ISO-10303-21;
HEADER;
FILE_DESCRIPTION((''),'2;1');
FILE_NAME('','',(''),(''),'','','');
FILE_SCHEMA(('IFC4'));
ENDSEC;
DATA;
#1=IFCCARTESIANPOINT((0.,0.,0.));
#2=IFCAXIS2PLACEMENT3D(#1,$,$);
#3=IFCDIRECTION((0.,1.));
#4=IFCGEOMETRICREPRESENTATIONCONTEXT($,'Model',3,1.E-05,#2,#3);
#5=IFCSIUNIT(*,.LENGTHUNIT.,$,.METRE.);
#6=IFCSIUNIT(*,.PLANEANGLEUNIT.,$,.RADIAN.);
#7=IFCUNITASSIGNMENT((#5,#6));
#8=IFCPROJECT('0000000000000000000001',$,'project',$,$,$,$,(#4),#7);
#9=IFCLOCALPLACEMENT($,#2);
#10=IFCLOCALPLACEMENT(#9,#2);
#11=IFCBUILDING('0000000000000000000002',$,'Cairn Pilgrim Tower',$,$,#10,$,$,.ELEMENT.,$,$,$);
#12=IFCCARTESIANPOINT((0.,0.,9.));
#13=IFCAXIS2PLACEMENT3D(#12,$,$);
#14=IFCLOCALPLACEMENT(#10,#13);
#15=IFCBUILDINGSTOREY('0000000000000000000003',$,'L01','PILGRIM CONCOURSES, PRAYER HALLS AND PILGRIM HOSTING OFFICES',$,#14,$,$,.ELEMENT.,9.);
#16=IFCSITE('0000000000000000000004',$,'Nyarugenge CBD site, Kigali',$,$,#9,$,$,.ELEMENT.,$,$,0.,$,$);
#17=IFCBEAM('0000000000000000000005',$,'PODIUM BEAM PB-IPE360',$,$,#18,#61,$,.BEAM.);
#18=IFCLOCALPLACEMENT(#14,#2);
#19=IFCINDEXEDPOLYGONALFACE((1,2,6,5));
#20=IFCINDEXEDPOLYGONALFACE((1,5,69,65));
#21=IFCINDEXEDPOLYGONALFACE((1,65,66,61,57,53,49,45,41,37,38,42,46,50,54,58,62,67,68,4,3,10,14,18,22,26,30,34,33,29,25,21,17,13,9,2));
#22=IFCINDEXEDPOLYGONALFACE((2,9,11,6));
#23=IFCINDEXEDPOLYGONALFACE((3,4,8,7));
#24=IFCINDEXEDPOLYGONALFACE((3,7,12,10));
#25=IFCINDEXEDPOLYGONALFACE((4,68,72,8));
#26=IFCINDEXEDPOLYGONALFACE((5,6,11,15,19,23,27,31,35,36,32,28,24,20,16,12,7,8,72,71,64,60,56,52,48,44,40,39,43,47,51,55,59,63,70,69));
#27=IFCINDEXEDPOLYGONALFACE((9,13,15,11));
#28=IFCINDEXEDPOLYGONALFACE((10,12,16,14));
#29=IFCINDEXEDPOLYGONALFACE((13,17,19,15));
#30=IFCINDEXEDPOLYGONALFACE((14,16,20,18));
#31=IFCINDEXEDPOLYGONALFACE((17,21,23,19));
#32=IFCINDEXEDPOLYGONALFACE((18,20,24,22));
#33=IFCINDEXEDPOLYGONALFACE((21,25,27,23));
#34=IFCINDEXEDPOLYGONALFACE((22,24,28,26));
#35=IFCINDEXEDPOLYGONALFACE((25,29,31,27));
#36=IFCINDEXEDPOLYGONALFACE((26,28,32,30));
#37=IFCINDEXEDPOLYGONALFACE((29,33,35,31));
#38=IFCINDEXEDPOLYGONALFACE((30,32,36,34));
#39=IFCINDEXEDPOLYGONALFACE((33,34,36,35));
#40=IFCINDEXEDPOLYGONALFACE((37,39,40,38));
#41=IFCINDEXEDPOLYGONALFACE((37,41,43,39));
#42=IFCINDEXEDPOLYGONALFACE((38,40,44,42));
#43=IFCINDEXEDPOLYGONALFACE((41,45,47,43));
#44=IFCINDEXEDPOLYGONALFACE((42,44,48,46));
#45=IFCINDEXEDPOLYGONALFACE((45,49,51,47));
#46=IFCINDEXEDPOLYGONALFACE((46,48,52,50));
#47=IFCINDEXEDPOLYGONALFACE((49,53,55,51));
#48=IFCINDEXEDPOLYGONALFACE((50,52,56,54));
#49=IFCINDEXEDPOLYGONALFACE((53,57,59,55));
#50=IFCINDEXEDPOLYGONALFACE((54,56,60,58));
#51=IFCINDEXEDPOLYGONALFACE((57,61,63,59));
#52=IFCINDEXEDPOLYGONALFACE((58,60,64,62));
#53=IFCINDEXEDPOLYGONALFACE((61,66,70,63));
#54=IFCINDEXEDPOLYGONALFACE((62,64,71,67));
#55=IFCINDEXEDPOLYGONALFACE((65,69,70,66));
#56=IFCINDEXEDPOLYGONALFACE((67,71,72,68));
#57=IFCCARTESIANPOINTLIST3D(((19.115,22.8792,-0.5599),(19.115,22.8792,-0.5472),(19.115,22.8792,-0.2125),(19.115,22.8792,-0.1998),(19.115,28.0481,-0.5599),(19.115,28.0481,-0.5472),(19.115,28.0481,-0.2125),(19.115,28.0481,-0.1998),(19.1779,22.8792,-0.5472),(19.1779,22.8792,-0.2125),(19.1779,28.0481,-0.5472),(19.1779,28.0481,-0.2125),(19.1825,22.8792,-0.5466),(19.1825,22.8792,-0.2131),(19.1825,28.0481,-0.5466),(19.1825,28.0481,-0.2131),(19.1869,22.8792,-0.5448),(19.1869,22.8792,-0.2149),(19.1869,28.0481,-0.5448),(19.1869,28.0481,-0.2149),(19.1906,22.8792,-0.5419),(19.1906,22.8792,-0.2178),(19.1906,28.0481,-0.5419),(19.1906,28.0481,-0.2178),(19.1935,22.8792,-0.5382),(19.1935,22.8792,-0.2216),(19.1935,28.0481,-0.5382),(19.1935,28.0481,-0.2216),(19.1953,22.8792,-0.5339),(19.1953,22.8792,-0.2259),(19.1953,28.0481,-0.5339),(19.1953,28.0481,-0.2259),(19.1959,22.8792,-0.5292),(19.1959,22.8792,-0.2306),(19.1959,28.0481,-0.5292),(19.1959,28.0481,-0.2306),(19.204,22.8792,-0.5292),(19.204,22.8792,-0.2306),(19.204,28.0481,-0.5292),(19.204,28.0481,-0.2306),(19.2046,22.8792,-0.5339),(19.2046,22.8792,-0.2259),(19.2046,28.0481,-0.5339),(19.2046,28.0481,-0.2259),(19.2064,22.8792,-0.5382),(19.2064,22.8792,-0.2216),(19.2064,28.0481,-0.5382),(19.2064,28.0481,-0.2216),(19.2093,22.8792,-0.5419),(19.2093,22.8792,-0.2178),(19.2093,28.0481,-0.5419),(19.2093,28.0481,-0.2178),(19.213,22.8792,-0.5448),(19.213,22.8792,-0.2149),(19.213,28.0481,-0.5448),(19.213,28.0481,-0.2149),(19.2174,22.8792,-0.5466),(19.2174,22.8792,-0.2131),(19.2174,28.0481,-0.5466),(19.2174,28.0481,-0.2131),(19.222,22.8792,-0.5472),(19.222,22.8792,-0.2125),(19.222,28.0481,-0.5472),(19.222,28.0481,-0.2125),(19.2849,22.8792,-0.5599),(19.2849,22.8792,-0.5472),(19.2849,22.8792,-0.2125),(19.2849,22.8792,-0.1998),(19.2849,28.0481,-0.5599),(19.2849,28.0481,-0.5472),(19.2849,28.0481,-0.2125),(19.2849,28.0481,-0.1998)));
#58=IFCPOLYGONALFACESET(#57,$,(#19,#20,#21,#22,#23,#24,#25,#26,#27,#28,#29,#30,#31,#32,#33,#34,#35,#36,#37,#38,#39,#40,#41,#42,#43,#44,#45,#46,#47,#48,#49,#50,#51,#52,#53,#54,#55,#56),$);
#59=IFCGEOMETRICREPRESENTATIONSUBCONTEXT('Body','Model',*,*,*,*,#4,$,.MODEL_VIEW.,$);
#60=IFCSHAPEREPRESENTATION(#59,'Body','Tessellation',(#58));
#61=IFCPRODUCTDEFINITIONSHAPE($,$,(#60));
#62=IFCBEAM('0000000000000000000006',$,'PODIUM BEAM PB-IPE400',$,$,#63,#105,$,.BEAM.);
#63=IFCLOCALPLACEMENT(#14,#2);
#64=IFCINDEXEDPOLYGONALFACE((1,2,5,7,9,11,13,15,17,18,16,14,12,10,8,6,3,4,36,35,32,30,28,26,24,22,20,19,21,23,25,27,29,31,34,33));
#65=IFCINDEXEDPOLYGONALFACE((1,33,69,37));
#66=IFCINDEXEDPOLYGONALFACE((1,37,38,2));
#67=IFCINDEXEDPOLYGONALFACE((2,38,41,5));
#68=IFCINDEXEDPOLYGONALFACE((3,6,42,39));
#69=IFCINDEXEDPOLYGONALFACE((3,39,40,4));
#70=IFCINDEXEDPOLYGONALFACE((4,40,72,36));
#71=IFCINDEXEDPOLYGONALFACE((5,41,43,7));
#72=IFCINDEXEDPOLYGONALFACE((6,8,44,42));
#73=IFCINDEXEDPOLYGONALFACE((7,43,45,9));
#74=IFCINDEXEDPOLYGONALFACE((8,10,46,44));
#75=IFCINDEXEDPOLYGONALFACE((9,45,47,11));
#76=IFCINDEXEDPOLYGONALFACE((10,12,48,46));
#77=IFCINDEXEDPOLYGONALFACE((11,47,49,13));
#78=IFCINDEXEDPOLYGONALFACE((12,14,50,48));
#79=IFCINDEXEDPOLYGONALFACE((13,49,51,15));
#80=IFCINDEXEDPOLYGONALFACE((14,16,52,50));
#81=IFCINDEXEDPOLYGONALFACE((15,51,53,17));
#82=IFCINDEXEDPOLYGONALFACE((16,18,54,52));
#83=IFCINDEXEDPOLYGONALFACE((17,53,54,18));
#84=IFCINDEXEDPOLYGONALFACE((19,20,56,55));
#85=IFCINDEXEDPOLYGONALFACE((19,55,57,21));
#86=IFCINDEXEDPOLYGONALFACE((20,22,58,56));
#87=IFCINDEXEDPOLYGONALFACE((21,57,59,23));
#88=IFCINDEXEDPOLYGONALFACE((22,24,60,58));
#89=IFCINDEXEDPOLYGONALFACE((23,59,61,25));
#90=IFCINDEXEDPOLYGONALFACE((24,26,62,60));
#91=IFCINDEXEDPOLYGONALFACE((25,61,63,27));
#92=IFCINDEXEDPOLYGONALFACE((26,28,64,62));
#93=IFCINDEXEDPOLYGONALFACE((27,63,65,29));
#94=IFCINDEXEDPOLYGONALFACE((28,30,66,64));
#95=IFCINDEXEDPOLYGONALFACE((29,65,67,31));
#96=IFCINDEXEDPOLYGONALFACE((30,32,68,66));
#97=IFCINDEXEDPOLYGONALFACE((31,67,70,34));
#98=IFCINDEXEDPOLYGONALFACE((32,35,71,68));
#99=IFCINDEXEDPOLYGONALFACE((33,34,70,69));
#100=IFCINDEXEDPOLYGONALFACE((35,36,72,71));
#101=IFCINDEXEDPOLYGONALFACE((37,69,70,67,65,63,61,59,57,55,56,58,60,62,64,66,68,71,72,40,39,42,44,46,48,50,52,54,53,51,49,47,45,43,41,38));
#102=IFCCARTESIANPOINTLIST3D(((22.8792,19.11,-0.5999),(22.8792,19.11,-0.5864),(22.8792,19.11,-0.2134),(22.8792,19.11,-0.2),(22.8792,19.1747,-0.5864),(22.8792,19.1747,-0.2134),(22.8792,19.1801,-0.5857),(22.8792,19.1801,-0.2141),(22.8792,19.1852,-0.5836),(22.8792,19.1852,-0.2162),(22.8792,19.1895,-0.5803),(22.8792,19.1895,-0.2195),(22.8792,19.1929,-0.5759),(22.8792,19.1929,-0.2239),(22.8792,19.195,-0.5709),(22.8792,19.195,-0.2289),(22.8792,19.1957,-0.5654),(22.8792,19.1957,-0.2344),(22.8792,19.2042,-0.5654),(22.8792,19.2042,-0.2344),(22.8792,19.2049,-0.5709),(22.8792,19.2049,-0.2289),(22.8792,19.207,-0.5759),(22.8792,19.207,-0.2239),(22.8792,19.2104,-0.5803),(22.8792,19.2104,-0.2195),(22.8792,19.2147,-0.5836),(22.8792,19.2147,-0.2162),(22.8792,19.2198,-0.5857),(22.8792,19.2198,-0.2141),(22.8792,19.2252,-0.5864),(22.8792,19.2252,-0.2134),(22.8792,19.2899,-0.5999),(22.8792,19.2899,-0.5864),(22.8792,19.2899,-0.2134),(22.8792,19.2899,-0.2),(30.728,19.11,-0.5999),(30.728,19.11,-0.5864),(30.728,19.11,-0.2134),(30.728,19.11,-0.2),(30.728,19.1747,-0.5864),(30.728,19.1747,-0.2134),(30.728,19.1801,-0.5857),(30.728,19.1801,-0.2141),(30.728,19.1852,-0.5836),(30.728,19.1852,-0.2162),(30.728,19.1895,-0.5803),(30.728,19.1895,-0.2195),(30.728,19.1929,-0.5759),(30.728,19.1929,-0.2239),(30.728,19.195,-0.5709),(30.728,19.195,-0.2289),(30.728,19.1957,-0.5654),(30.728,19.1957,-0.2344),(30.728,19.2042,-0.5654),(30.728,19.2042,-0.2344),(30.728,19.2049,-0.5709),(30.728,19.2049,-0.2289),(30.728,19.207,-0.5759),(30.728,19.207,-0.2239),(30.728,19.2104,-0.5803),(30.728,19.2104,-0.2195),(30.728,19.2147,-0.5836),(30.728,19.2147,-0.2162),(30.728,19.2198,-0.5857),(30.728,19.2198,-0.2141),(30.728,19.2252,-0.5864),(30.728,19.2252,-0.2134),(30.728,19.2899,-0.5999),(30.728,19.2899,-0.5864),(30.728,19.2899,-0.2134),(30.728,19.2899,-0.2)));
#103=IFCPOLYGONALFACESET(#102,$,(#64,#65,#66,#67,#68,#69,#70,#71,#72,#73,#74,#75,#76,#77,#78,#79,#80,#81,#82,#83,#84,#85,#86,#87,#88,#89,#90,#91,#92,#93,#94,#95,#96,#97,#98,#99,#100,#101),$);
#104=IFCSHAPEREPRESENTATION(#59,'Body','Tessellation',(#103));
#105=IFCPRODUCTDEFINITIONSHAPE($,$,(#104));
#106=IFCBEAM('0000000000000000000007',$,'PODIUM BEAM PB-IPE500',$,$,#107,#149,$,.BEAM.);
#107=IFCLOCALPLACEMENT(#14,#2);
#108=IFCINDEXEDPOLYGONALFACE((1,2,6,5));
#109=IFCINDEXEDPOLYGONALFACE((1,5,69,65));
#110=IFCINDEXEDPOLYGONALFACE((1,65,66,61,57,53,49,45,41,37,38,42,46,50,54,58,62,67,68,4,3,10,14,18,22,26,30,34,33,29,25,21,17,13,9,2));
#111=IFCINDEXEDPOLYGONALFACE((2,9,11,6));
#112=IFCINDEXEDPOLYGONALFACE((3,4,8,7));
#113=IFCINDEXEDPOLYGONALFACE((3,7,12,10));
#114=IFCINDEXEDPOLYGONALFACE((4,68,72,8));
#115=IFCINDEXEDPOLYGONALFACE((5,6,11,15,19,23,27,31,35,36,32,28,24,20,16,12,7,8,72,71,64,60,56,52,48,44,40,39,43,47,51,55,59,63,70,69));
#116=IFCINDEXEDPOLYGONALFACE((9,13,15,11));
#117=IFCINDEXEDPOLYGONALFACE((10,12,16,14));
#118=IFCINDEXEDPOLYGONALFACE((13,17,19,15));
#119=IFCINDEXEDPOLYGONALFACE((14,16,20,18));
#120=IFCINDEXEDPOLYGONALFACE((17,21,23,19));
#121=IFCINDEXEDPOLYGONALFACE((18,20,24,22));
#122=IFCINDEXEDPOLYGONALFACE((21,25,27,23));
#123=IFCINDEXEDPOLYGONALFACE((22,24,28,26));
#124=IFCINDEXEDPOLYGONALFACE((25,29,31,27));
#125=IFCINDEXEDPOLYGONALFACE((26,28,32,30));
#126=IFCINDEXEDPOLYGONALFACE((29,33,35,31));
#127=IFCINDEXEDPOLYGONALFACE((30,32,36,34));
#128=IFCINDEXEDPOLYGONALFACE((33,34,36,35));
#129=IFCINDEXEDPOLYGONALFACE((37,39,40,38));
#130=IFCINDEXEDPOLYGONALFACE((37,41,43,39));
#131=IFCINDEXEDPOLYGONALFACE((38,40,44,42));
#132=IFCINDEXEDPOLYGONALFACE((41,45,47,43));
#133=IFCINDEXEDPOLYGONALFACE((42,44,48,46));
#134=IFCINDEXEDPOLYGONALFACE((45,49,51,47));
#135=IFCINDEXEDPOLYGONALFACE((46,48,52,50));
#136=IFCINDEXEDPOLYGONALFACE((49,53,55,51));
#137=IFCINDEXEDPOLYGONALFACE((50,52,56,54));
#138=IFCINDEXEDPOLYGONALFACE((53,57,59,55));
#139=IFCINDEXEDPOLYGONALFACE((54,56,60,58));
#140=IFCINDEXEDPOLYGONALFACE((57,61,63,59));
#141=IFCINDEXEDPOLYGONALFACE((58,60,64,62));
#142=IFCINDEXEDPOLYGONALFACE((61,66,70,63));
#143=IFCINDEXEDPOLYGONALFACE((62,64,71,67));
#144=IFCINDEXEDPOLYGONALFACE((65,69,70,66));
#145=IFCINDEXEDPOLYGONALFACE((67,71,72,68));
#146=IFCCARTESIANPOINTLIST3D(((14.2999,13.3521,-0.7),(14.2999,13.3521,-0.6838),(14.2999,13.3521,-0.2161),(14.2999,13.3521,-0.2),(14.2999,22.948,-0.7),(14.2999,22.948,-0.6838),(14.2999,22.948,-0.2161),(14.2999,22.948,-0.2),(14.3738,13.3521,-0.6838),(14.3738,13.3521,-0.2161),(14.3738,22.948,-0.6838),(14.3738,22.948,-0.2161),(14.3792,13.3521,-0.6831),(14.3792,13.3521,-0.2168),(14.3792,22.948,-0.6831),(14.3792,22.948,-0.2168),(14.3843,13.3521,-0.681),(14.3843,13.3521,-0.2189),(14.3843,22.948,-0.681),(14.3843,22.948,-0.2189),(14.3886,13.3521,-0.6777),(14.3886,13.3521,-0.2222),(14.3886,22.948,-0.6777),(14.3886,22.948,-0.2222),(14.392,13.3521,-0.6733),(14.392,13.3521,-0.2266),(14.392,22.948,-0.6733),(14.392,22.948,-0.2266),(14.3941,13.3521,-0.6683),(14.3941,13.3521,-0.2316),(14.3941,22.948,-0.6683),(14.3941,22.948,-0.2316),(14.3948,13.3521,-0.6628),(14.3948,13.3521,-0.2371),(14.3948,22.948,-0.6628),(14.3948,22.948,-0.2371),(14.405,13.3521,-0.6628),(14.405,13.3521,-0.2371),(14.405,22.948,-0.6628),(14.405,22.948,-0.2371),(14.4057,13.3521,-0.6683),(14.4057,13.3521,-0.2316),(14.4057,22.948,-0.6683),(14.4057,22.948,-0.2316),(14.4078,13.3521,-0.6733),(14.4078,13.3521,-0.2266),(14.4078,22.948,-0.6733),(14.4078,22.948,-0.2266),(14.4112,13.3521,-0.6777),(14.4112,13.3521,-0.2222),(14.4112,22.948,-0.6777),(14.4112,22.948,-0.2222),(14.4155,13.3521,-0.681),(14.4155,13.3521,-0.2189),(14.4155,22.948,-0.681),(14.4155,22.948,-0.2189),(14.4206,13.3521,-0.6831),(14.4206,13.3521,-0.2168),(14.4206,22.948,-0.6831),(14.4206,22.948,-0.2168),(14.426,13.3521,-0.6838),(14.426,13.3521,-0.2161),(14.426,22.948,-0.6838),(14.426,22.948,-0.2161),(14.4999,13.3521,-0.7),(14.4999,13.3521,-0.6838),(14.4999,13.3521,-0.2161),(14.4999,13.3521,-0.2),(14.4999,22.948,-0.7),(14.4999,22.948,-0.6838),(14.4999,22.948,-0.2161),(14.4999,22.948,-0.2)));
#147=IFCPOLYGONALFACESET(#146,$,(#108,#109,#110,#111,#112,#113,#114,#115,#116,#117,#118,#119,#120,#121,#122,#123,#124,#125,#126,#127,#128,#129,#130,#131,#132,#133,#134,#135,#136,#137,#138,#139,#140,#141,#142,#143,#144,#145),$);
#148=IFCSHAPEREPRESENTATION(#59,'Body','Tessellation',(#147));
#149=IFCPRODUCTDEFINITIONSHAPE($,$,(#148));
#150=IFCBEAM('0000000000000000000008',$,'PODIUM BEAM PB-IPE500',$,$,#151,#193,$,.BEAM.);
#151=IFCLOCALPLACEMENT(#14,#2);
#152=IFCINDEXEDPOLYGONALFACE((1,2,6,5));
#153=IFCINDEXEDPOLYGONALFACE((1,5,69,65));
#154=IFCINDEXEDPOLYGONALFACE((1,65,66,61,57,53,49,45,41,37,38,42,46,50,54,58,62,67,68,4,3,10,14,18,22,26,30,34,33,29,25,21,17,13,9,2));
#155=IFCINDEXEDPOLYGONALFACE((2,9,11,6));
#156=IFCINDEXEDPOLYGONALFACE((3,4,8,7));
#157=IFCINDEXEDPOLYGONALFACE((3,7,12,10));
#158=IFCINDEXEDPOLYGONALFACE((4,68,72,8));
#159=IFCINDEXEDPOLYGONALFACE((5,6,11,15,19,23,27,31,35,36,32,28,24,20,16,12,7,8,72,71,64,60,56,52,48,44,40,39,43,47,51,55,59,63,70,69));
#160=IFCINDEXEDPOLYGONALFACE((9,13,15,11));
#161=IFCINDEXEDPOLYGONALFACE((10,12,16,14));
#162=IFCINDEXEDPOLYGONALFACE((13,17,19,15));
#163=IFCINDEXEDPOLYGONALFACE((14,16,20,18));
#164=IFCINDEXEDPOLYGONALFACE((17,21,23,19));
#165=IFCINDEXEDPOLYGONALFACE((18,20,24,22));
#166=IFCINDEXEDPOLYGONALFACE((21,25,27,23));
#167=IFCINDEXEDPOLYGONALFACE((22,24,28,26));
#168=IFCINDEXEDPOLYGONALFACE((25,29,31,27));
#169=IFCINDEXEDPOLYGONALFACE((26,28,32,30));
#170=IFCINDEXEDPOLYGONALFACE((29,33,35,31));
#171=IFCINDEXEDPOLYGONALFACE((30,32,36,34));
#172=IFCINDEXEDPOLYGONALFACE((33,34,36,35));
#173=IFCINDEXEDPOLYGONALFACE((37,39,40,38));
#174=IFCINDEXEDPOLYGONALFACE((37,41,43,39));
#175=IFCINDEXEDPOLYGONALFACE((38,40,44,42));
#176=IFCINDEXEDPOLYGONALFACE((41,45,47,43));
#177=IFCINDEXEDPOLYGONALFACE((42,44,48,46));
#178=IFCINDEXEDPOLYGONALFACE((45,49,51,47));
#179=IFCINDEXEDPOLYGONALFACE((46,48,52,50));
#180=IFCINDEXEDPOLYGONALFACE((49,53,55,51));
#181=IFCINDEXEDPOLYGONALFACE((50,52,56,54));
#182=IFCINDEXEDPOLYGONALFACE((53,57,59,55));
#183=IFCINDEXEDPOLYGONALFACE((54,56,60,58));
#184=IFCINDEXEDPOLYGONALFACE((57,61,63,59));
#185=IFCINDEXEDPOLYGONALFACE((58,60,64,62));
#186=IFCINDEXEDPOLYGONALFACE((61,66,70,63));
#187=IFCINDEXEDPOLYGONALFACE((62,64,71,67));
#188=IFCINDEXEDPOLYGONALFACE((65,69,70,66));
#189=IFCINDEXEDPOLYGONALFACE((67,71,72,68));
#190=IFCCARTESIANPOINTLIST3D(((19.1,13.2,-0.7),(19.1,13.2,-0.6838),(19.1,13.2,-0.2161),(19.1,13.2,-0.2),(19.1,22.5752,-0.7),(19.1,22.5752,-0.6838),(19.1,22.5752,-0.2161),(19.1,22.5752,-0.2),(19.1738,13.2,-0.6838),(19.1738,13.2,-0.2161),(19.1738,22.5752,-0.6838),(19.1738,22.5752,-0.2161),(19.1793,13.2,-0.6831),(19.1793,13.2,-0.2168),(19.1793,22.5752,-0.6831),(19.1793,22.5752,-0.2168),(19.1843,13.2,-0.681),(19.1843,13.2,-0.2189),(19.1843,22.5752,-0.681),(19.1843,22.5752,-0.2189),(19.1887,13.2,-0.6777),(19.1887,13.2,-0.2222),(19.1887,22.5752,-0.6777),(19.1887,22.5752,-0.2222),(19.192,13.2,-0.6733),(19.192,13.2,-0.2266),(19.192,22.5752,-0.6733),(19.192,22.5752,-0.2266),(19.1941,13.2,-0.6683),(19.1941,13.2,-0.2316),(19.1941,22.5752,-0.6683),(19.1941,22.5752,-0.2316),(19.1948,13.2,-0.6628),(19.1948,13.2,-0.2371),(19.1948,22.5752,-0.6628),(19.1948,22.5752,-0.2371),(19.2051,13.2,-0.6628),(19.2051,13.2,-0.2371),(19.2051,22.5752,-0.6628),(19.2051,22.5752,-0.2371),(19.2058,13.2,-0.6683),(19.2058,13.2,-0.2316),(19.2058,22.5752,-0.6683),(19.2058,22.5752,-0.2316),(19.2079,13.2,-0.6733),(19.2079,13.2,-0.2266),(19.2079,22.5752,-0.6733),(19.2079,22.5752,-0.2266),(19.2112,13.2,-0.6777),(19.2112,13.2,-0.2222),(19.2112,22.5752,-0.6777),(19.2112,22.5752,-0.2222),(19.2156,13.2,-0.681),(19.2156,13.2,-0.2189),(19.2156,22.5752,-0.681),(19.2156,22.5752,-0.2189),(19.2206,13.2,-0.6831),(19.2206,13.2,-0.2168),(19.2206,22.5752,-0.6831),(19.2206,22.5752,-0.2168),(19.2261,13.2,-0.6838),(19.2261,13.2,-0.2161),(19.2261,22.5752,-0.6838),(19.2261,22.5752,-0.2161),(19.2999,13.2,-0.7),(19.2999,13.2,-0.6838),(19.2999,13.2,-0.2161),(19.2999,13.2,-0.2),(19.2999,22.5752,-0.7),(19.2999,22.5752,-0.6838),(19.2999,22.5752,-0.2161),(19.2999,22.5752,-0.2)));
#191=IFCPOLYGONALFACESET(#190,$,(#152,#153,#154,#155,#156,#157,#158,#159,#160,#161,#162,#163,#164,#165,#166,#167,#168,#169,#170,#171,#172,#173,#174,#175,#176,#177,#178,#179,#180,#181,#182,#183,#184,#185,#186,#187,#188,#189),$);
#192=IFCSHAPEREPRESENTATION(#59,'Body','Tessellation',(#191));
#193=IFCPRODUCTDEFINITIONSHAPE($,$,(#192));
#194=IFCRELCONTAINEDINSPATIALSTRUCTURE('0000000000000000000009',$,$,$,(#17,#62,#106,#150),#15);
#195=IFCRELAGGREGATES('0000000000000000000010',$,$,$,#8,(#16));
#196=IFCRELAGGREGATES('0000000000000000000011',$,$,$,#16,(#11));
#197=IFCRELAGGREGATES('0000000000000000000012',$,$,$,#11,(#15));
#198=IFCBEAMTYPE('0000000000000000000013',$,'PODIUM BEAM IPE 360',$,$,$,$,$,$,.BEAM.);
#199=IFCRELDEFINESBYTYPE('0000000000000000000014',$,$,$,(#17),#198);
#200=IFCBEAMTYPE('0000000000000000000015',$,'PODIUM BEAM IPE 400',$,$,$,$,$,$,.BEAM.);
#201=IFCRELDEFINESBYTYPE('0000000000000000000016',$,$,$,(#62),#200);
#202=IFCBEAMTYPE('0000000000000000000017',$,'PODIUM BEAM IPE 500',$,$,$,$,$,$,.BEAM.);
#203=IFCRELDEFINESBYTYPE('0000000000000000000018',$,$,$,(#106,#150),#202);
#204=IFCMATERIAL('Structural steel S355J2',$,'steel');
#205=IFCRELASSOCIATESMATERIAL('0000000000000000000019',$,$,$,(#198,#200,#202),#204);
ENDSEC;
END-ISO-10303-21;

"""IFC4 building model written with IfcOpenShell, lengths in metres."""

from ifc_helpers import new_model, si_unit, direction, frame, origin, origin_2d, place, context, subcontext, project, spatial, i_section, extrude, material, material_profile, profile_set, type_object, element, save


model = new_model("IFC4")

# Units and contexts
model_context = context("Model", 3, precision=1e-05, world=origin(), true_north=direction((0.0, 1.0)))
body_context = subcontext(model_context, "Body", "Model", "MODEL_VIEW")
ifc_project = project(units=[si_unit("LENGTHUNIT", "METRE"), si_unit("PLANEANGLEUNIT", "RADIAN")], contexts=[model_context])

# Site, building, storey
site_placement = place(None, origin())
site = spatial("IfcSite", under=ifc_project, at=site_placement, Name="Nyarugenge CBD site, Kigali", CompositionType="ELEMENT", RefElevation=0.0)
building_placement = place(site_placement, origin())
building = spatial("IfcBuilding", under=site, at=building_placement, Name="Cairn Pilgrim Tower", CompositionType="ELEMENT")
storey_placement = place(building_placement, frame((0.0, 0.0, 9.0)))
storey = spatial("IfcBuildingStorey", under=building, at=storey_placement, Name="L01", Description="PILGRIM CONCOURSES, PRAYER HALLS AND PILGRIM HOSTING OFFICES", CompositionType="ELEMENT", Elevation=9.0)

# Beams
ifc_material_1 = material(Name="Structural steel S355J2", Category="steel")
ifc_material_profile_1 = material_profile(ifc_material_1, i_section(OverallWidth=0.1699, OverallDepth=0.3601, WebThickness=0.0081, FlangeThickness=0.0127, FilletRadius=0.0181, at=origin_2d()), Name="IPE 360")
ifc_profile_set_1 = profile_set([ifc_material_profile_1], Name="Structural steel S355J2")
beam_type_1 = type_object("IfcBeamType", Name="PODIUM BEAM IPE 360", PredefinedType="BEAM", material=ifc_profile_set_1)
beam_1_placement = place(storey_placement, frame((19.2, 22.8792, -0.3799), z_axis=(0.0, 1.0, 0.0), x_axis=(-1.0, 0.0, 0.0)))
element("IfcBeam", 1, at=beam_1_placement, inside=storey, type_object=beam_type_1, Name="PODIUM BEAM PB-IPE360", PredefinedType="BEAM", context=body_context, shape_type="SweptSolid", body=[
    extrude(i_section(OverallWidth=0.1699, OverallDepth=0.3601, WebThickness=0.0081, FlangeThickness=0.0127, FilletRadius=0.0181, at=origin_2d()), origin(), (0.0, 0.0, 1.0), 5.1689),
])
ifc_material_profile_2 = material_profile(ifc_material_1, i_section(OverallWidth=0.1799, OverallDepth=0.3999, WebThickness=0.0085, FlangeThickness=0.0134, FilletRadius=0.021, at=origin_2d()), Name="IPE 400")
ifc_profile_set_2 = profile_set([ifc_material_profile_2], Name="Structural steel S355J2")
beam_type_2 = type_object("IfcBeamType", Name="PODIUM BEAM IPE 400", PredefinedType="BEAM", material=ifc_profile_set_2)
beam_2_placement = place(storey_placement, frame((22.8792, 19.2, -0.3999), z_axis=(1.0, 0.0, 0.0), x_axis=(0.0, 1.0, 0.0)))
element("IfcBeam", 2, at=beam_2_placement, inside=storey, type_object=beam_type_2, Name="PODIUM BEAM PB-IPE400", PredefinedType="BEAM", context=body_context, shape_type="SweptSolid", body=[
    extrude(i_section(OverallWidth=0.1799, OverallDepth=0.3999, WebThickness=0.0085, FlangeThickness=0.0134, FilletRadius=0.021, at=origin_2d()), origin(), (0.0, 0.0, 1.0), 7.8489),
])
ifc_material_profile_3 = material_profile(ifc_material_1, i_section(OverallWidth=0.2, OverallDepth=0.5, WebThickness=0.0103, FlangeThickness=0.0161, FilletRadius=0.021, at=origin_2d()), Name="IPE 500")
ifc_profile_set_3 = profile_set([ifc_material_profile_3], Name="Structural steel S355J2")
beam_type_3 = type_object("IfcBeamType", Name="PODIUM BEAM IPE 500", PredefinedType="BEAM", material=ifc_profile_set_3)
beam_3_placement = place(storey_placement, frame((14.3999, 13.3521, -0.45), z_axis=(0.0, 1.0, 0.0), x_axis=(-1.0, 0.0, 0.0)))
element("IfcBeam", 3, at=beam_3_placement, inside=storey, type_object=beam_type_3, Name="PODIUM BEAM PB-IPE500", PredefinedType="BEAM", context=body_context, shape_type="SweptSolid", body=[
    extrude(i_section(OverallWidth=0.2, OverallDepth=0.5, WebThickness=0.0103, FlangeThickness=0.0161, FilletRadius=0.021, at=origin_2d()), origin(), (0.0, 0.0, 1.0), 9.5959),
])
beam_4_placement = place(storey_placement, frame((19.2, 13.2, -0.45), z_axis=(0.0, 1.0, 0.0), x_axis=(-1.0, 0.0, 0.0)))
element("IfcBeam", 4, at=beam_4_placement, inside=storey, type_object=beam_type_3, Name="PODIUM BEAM PB-IPE500", PredefinedType="BEAM", context=body_context, shape_type="SweptSolid", body=[
    extrude(i_section(OverallWidth=0.2, OverallDepth=0.5, WebThickness=0.0103, FlangeThickness=0.0161, FilletRadius=0.021, at=origin_2d()), origin(), (0.0, 0.0, 1.0), 9.3752),
])

save(model, "model.ifc")
